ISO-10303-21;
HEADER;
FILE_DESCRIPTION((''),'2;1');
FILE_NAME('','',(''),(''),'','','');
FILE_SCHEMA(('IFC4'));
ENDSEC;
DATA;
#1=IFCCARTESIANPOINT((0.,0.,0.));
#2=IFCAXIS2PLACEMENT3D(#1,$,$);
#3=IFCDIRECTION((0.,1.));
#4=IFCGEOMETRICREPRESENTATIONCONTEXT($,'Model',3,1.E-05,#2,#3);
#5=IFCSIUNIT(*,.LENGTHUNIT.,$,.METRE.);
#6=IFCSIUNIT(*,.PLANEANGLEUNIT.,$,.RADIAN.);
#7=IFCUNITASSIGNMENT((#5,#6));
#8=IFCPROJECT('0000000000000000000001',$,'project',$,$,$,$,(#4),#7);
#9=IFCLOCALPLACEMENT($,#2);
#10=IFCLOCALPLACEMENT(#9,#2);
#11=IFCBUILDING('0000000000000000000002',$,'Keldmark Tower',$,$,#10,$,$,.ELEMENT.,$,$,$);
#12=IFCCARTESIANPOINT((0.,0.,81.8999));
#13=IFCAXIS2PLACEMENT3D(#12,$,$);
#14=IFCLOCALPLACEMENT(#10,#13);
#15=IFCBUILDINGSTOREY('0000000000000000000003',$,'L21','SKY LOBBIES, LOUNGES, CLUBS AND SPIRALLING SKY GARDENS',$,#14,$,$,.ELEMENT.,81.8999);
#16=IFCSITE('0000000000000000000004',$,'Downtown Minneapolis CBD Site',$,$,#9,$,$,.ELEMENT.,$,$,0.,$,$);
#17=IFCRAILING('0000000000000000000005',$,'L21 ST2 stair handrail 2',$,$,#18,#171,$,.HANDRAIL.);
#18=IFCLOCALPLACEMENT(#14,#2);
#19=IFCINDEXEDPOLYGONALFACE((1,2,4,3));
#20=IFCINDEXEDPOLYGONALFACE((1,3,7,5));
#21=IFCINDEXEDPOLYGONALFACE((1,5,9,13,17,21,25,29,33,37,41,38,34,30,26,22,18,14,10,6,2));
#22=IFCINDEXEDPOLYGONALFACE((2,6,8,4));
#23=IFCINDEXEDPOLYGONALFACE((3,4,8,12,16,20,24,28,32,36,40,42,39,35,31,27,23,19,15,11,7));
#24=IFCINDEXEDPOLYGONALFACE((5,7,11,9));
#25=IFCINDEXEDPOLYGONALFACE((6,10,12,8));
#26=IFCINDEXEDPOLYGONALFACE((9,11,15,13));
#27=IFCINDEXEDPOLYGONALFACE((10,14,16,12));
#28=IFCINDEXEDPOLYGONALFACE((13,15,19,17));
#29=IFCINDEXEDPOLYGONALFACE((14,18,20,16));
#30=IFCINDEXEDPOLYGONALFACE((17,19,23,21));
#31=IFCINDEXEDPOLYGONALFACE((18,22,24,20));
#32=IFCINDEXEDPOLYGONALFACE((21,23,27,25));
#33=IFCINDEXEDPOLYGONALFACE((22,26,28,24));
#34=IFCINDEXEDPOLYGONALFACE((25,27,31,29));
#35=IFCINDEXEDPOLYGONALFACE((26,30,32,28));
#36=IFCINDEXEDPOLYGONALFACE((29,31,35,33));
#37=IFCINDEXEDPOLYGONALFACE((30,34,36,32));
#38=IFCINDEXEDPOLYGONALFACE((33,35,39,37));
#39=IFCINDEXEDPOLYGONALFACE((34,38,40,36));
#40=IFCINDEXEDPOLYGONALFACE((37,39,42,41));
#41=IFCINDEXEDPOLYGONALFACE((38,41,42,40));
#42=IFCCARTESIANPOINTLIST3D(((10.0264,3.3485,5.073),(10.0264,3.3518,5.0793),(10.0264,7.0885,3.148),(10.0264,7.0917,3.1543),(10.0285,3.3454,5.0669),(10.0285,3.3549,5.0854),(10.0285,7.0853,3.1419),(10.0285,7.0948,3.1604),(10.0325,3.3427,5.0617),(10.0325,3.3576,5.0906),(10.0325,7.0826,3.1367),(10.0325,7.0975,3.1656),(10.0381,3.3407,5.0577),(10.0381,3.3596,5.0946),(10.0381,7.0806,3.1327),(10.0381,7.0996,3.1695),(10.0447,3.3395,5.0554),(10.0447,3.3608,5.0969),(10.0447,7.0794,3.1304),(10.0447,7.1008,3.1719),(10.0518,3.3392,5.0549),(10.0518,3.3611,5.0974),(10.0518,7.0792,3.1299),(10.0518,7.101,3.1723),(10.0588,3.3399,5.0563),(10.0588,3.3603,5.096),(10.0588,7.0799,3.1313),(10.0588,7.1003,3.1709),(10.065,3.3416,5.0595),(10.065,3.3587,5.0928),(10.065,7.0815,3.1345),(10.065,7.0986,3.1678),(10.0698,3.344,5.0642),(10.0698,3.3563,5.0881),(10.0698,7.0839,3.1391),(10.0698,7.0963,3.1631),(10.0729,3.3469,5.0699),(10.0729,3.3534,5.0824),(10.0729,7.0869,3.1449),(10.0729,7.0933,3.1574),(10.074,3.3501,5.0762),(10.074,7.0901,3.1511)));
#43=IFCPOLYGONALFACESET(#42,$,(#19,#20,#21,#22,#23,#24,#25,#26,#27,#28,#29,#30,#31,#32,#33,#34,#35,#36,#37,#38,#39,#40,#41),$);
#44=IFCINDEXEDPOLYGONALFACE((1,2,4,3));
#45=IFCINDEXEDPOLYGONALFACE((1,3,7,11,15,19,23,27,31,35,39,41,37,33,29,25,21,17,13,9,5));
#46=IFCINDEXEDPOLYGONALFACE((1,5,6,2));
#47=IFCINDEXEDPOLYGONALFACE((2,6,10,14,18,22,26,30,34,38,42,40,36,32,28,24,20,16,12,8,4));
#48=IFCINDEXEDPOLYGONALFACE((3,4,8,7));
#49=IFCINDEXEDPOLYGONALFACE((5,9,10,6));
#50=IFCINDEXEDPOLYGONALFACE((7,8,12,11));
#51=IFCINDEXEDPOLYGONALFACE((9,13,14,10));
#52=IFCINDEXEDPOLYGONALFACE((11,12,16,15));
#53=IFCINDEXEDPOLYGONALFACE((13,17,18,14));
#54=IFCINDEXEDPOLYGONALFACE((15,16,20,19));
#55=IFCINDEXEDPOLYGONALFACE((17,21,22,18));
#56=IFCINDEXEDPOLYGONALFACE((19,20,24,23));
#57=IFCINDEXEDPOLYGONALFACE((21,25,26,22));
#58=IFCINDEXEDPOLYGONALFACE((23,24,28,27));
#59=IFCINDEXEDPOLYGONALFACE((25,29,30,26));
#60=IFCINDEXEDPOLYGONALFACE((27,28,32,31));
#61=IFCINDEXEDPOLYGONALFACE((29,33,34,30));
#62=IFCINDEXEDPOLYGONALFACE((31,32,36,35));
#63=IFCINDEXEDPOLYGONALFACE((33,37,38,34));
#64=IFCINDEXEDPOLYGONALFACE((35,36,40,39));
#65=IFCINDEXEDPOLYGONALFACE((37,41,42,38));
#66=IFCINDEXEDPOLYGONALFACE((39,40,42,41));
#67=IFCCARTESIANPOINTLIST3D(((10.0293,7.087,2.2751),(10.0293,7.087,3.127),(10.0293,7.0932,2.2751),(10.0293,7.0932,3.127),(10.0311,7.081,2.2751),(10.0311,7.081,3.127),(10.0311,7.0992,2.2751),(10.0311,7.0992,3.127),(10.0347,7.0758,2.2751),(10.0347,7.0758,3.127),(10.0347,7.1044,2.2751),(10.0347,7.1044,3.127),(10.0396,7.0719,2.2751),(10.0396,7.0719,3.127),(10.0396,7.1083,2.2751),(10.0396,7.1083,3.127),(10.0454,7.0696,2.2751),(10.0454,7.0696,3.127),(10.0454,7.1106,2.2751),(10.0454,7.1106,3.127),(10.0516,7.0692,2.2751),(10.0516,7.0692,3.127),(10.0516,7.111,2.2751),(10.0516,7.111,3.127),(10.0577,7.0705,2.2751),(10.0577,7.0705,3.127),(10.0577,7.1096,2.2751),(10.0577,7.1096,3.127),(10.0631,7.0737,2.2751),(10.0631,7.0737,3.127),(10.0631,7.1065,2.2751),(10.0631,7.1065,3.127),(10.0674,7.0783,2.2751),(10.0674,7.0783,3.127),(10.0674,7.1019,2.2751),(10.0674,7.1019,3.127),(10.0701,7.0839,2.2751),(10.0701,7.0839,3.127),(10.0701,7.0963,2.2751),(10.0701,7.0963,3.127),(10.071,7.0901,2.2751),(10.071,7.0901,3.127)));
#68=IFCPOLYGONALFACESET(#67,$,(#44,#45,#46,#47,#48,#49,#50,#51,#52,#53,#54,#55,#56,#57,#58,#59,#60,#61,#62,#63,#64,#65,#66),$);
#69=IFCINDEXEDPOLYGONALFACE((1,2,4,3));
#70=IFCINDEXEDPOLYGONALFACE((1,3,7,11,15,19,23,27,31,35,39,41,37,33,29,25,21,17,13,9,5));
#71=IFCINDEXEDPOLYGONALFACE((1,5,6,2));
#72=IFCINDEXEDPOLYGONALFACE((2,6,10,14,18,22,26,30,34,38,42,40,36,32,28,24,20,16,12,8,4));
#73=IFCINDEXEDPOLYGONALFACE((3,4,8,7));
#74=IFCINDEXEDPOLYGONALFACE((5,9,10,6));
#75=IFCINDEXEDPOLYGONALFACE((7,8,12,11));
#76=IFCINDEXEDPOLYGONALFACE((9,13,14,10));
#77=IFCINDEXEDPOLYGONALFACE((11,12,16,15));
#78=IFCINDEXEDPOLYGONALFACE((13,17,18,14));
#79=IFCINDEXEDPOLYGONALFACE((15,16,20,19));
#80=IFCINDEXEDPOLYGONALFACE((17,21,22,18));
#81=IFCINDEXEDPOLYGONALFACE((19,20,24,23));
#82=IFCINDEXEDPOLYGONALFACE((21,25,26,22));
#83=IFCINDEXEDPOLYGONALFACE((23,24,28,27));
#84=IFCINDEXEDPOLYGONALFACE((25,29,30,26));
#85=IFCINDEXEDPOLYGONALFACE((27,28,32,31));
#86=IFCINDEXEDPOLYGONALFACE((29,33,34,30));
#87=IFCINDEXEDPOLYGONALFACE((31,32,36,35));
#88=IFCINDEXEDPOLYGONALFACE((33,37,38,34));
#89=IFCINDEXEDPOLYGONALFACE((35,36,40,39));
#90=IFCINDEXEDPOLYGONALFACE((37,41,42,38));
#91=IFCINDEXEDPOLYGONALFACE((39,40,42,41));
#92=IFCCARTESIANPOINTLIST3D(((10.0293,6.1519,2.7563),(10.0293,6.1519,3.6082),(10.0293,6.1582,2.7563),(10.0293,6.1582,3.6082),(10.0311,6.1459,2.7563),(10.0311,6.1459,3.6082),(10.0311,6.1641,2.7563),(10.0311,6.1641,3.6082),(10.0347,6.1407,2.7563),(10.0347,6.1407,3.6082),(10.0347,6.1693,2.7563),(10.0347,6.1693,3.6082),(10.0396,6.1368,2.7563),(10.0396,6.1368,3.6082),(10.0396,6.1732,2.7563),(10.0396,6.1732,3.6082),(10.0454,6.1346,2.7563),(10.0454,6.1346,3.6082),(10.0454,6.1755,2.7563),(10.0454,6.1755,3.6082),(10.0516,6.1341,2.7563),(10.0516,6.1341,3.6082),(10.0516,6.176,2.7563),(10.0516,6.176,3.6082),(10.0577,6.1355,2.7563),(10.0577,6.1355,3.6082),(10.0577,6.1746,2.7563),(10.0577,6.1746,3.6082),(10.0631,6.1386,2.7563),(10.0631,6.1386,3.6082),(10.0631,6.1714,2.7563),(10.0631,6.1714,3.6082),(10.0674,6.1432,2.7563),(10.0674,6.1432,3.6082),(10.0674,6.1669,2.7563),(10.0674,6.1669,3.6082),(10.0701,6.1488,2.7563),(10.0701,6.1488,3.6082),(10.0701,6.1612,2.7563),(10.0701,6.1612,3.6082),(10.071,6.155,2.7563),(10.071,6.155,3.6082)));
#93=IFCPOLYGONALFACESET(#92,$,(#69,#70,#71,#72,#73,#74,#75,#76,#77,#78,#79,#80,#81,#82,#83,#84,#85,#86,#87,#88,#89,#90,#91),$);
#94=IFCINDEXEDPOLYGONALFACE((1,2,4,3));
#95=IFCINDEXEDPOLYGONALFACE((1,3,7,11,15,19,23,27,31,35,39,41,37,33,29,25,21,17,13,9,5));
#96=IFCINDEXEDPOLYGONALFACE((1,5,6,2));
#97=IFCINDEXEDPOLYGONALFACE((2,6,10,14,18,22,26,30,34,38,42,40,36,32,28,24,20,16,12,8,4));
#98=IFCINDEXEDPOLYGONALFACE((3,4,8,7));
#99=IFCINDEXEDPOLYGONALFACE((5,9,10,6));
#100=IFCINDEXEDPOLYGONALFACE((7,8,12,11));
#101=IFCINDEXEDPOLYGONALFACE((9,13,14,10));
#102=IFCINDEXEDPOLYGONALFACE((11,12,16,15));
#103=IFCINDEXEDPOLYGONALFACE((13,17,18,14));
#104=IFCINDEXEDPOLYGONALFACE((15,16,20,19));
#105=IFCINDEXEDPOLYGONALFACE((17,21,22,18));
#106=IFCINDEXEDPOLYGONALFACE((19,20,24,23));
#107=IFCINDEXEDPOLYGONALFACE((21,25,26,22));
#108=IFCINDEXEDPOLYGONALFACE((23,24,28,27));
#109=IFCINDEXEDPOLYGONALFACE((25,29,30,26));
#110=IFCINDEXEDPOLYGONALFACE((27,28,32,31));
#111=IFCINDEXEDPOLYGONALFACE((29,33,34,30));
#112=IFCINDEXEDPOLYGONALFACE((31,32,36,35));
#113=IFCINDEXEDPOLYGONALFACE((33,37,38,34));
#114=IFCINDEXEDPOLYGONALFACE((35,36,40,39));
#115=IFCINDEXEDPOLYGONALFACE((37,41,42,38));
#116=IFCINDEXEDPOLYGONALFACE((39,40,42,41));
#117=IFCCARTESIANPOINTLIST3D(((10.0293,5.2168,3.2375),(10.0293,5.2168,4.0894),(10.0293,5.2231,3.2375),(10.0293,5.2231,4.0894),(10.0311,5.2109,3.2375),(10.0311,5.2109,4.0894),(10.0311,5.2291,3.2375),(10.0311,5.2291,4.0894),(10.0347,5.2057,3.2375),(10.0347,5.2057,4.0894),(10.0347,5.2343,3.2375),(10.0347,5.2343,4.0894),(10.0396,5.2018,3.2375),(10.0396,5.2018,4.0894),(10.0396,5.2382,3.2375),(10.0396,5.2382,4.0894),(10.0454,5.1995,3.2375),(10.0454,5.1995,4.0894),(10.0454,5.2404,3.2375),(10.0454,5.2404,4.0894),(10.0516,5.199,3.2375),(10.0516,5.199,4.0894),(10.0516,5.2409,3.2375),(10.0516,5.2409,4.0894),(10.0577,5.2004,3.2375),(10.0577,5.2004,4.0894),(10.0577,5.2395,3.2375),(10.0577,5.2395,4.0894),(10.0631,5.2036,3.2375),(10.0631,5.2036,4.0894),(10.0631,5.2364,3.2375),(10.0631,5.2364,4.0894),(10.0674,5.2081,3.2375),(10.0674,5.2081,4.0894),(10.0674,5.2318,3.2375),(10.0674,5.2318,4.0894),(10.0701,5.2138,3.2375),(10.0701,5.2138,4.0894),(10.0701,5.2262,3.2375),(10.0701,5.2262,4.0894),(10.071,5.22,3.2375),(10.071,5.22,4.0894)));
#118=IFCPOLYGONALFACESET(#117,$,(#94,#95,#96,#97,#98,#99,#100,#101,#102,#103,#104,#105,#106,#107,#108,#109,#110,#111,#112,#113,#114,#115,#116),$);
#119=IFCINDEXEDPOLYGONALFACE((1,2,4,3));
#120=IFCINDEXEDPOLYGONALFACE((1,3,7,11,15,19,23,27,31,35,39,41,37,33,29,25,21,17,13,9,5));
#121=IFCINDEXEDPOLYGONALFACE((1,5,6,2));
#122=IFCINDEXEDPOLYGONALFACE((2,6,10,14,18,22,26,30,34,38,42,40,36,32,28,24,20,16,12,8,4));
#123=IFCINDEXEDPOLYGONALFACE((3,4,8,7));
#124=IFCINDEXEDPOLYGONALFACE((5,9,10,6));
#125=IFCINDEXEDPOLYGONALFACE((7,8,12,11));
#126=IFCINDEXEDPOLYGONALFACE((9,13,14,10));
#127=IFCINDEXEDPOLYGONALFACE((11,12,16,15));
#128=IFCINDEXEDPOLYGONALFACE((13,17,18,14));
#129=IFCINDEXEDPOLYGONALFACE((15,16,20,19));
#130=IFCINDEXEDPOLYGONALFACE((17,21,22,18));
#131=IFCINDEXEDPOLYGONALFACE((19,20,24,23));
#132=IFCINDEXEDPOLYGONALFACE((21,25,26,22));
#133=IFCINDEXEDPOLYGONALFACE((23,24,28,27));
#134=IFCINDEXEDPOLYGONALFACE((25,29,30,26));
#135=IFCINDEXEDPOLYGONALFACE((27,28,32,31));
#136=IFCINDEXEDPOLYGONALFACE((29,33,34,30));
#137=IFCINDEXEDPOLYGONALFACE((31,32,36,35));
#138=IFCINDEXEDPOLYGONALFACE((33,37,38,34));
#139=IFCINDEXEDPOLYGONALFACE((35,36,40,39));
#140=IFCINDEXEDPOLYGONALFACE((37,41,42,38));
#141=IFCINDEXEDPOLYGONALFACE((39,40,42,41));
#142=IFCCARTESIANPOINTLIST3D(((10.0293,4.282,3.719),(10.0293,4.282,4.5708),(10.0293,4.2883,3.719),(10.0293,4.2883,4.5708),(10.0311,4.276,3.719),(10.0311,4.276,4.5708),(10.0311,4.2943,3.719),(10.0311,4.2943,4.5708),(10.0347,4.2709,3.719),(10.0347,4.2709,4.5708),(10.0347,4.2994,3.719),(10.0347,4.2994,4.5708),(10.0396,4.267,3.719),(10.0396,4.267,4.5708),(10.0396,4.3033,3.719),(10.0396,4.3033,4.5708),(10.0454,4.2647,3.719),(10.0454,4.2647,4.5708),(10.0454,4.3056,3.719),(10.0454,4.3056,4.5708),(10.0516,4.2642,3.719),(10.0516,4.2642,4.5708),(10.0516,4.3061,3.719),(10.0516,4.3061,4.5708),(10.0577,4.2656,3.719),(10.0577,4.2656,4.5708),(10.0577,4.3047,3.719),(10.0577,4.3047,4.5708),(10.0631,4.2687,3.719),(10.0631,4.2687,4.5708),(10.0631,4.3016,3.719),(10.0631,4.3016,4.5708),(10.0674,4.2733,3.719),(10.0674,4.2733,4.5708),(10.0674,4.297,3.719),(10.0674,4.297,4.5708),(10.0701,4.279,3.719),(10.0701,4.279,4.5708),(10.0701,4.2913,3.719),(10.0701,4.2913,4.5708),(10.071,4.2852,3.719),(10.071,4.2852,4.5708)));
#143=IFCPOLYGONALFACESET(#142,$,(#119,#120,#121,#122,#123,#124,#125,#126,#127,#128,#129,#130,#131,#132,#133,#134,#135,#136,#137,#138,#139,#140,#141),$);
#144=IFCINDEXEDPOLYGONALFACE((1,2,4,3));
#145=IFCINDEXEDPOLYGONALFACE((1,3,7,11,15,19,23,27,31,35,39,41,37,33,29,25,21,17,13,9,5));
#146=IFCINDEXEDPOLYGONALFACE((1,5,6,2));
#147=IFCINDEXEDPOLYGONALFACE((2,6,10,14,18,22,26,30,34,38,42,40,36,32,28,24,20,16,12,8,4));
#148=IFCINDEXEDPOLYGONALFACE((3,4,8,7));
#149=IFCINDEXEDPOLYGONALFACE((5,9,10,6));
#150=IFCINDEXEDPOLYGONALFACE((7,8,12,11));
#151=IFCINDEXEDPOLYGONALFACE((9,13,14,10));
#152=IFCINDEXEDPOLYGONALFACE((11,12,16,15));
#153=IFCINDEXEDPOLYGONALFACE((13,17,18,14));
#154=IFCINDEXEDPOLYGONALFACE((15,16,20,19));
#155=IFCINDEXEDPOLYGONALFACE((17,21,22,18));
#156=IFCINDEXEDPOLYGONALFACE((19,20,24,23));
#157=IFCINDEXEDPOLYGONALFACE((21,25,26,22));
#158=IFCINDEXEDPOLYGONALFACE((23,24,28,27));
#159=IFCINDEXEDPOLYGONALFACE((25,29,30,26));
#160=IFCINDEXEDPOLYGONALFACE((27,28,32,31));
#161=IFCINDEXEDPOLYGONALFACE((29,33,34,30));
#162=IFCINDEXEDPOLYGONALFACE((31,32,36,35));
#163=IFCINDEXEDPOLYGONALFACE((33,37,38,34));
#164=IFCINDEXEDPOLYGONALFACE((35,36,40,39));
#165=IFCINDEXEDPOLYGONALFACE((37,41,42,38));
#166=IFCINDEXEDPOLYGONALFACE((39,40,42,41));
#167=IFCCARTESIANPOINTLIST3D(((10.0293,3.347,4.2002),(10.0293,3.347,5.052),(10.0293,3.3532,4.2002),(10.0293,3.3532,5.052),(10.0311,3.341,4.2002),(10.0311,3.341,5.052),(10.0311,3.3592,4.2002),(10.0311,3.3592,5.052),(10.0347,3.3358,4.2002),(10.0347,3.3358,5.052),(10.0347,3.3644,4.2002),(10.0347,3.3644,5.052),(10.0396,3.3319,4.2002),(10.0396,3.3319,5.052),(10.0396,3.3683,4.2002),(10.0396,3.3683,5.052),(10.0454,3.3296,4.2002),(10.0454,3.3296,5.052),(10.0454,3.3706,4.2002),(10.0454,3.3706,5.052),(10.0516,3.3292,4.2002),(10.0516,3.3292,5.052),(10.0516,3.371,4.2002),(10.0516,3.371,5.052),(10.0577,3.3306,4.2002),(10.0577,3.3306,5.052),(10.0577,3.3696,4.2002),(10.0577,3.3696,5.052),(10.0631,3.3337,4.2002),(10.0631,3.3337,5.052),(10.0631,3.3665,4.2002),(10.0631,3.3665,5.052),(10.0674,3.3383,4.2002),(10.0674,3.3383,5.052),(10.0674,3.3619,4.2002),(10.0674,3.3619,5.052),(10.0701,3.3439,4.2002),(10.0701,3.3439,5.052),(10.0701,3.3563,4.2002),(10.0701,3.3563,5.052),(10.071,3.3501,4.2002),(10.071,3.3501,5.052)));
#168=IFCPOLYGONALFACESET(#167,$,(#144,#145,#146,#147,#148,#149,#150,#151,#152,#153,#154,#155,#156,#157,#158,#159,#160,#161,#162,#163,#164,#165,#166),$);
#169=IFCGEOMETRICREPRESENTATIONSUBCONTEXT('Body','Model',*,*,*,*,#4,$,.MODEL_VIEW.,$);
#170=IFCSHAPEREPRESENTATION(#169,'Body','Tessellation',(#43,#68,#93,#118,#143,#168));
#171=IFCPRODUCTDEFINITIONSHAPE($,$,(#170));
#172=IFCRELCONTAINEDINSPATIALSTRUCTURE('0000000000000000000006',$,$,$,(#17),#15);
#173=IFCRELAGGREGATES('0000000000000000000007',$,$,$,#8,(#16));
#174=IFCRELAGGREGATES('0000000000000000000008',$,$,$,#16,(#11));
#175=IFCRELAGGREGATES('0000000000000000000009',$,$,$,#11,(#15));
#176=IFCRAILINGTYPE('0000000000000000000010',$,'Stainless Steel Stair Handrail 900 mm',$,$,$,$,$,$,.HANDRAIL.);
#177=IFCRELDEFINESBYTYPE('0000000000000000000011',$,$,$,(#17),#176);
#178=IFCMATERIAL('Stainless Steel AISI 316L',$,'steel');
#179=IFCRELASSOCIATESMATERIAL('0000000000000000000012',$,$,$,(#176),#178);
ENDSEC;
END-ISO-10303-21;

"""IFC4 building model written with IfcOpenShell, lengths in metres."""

from ifc_helpers import new_model, si_unit, direction, frame, origin, origin_2d, place, context, subcontext, project, spatial, circle, extrude, material, type_object, element, save


model = new_model("IFC4")

# Units and contexts
model_context = context("Model", 3, precision=1e-05, world=origin(), true_north=direction((0.0, 1.0)))
body_context = subcontext(model_context, "Body", "Model", "MODEL_VIEW")
ifc_project = project(units=[si_unit("LENGTHUNIT", "METRE"), si_unit("PLANEANGLEUNIT", "RADIAN")], contexts=[model_context])

# Site, building, storey
site_placement = place(None, origin())
site = spatial("IfcSite", under=ifc_project, at=site_placement, Name="Downtown Minneapolis CBD Site", CompositionType="ELEMENT", RefElevation=0.0)
building_placement = place(site_placement, origin())
building = spatial("IfcBuilding", under=site, at=building_placement, Name="Keldmark Tower", CompositionType="ELEMENT")
storey_placement = place(building_placement, frame((0.0, 0.0, 81.8999)))
storey = spatial("IfcBuildingStorey", under=building, at=storey_placement, Name="L21", Description="SKY LOBBIES, LOUNGES, CLUBS AND SPIRALLING SKY GARDENS", CompositionType="ELEMENT", Elevation=81.8999)

# Railing
ifc_material_1 = material(Name="Stainless Steel AISI 316L", Category="steel")
railing_type_1 = type_object("IfcRailingType", Name="Stainless Steel Stair Handrail 900 mm", PredefinedType="HANDRAIL", material=ifc_material_1)
railing_1_placement = place(storey_placement, frame((10.05, 7.0901, 2.2751)))
element("IfcRailing", 1, at=railing_1_placement, inside=storey, type_object=railing_type_1, Name="L21 ST2 stair handrail 2", PredefinedType="HANDRAIL", context=body_context, shape_type="SweptSolid", body=[
    extrude(circle(Radius=0.0239, at=origin_2d()), frame((0.0, 0.0, 0.876), z_axis=(0.0, -0.889131, 0.457654), x_axis=(1.0, 0.0, 0.0)), (0.0, 0.0, 1.0), 4.2063),
    extrude(circle(Radius=0.021, at=origin_2d()), origin(), (0.0, 0.0, 1.0), 0.8518),
    extrude(circle(Radius=0.021, at=origin_2d()), frame((0.0, -0.9351, 0.4812)), (0.0, 0.0, 1.0), 0.8518),
    extrude(circle(Radius=0.021, at=origin_2d()), frame((0.0, -1.8701, 0.9624)), (0.0, 0.0, 1.0), 0.8518),
    extrude(circle(Radius=0.021, at=origin_2d()), frame((0.0, -2.8049, 1.4438)), (0.0, 0.0, 1.0), 0.8518),
    extrude(circle(Radius=0.021, at=origin_2d()), frame((0.0, -3.74, 1.925)), (0.0, 0.0, 1.0), 0.8518),
])

save(model, "model.ifc")
